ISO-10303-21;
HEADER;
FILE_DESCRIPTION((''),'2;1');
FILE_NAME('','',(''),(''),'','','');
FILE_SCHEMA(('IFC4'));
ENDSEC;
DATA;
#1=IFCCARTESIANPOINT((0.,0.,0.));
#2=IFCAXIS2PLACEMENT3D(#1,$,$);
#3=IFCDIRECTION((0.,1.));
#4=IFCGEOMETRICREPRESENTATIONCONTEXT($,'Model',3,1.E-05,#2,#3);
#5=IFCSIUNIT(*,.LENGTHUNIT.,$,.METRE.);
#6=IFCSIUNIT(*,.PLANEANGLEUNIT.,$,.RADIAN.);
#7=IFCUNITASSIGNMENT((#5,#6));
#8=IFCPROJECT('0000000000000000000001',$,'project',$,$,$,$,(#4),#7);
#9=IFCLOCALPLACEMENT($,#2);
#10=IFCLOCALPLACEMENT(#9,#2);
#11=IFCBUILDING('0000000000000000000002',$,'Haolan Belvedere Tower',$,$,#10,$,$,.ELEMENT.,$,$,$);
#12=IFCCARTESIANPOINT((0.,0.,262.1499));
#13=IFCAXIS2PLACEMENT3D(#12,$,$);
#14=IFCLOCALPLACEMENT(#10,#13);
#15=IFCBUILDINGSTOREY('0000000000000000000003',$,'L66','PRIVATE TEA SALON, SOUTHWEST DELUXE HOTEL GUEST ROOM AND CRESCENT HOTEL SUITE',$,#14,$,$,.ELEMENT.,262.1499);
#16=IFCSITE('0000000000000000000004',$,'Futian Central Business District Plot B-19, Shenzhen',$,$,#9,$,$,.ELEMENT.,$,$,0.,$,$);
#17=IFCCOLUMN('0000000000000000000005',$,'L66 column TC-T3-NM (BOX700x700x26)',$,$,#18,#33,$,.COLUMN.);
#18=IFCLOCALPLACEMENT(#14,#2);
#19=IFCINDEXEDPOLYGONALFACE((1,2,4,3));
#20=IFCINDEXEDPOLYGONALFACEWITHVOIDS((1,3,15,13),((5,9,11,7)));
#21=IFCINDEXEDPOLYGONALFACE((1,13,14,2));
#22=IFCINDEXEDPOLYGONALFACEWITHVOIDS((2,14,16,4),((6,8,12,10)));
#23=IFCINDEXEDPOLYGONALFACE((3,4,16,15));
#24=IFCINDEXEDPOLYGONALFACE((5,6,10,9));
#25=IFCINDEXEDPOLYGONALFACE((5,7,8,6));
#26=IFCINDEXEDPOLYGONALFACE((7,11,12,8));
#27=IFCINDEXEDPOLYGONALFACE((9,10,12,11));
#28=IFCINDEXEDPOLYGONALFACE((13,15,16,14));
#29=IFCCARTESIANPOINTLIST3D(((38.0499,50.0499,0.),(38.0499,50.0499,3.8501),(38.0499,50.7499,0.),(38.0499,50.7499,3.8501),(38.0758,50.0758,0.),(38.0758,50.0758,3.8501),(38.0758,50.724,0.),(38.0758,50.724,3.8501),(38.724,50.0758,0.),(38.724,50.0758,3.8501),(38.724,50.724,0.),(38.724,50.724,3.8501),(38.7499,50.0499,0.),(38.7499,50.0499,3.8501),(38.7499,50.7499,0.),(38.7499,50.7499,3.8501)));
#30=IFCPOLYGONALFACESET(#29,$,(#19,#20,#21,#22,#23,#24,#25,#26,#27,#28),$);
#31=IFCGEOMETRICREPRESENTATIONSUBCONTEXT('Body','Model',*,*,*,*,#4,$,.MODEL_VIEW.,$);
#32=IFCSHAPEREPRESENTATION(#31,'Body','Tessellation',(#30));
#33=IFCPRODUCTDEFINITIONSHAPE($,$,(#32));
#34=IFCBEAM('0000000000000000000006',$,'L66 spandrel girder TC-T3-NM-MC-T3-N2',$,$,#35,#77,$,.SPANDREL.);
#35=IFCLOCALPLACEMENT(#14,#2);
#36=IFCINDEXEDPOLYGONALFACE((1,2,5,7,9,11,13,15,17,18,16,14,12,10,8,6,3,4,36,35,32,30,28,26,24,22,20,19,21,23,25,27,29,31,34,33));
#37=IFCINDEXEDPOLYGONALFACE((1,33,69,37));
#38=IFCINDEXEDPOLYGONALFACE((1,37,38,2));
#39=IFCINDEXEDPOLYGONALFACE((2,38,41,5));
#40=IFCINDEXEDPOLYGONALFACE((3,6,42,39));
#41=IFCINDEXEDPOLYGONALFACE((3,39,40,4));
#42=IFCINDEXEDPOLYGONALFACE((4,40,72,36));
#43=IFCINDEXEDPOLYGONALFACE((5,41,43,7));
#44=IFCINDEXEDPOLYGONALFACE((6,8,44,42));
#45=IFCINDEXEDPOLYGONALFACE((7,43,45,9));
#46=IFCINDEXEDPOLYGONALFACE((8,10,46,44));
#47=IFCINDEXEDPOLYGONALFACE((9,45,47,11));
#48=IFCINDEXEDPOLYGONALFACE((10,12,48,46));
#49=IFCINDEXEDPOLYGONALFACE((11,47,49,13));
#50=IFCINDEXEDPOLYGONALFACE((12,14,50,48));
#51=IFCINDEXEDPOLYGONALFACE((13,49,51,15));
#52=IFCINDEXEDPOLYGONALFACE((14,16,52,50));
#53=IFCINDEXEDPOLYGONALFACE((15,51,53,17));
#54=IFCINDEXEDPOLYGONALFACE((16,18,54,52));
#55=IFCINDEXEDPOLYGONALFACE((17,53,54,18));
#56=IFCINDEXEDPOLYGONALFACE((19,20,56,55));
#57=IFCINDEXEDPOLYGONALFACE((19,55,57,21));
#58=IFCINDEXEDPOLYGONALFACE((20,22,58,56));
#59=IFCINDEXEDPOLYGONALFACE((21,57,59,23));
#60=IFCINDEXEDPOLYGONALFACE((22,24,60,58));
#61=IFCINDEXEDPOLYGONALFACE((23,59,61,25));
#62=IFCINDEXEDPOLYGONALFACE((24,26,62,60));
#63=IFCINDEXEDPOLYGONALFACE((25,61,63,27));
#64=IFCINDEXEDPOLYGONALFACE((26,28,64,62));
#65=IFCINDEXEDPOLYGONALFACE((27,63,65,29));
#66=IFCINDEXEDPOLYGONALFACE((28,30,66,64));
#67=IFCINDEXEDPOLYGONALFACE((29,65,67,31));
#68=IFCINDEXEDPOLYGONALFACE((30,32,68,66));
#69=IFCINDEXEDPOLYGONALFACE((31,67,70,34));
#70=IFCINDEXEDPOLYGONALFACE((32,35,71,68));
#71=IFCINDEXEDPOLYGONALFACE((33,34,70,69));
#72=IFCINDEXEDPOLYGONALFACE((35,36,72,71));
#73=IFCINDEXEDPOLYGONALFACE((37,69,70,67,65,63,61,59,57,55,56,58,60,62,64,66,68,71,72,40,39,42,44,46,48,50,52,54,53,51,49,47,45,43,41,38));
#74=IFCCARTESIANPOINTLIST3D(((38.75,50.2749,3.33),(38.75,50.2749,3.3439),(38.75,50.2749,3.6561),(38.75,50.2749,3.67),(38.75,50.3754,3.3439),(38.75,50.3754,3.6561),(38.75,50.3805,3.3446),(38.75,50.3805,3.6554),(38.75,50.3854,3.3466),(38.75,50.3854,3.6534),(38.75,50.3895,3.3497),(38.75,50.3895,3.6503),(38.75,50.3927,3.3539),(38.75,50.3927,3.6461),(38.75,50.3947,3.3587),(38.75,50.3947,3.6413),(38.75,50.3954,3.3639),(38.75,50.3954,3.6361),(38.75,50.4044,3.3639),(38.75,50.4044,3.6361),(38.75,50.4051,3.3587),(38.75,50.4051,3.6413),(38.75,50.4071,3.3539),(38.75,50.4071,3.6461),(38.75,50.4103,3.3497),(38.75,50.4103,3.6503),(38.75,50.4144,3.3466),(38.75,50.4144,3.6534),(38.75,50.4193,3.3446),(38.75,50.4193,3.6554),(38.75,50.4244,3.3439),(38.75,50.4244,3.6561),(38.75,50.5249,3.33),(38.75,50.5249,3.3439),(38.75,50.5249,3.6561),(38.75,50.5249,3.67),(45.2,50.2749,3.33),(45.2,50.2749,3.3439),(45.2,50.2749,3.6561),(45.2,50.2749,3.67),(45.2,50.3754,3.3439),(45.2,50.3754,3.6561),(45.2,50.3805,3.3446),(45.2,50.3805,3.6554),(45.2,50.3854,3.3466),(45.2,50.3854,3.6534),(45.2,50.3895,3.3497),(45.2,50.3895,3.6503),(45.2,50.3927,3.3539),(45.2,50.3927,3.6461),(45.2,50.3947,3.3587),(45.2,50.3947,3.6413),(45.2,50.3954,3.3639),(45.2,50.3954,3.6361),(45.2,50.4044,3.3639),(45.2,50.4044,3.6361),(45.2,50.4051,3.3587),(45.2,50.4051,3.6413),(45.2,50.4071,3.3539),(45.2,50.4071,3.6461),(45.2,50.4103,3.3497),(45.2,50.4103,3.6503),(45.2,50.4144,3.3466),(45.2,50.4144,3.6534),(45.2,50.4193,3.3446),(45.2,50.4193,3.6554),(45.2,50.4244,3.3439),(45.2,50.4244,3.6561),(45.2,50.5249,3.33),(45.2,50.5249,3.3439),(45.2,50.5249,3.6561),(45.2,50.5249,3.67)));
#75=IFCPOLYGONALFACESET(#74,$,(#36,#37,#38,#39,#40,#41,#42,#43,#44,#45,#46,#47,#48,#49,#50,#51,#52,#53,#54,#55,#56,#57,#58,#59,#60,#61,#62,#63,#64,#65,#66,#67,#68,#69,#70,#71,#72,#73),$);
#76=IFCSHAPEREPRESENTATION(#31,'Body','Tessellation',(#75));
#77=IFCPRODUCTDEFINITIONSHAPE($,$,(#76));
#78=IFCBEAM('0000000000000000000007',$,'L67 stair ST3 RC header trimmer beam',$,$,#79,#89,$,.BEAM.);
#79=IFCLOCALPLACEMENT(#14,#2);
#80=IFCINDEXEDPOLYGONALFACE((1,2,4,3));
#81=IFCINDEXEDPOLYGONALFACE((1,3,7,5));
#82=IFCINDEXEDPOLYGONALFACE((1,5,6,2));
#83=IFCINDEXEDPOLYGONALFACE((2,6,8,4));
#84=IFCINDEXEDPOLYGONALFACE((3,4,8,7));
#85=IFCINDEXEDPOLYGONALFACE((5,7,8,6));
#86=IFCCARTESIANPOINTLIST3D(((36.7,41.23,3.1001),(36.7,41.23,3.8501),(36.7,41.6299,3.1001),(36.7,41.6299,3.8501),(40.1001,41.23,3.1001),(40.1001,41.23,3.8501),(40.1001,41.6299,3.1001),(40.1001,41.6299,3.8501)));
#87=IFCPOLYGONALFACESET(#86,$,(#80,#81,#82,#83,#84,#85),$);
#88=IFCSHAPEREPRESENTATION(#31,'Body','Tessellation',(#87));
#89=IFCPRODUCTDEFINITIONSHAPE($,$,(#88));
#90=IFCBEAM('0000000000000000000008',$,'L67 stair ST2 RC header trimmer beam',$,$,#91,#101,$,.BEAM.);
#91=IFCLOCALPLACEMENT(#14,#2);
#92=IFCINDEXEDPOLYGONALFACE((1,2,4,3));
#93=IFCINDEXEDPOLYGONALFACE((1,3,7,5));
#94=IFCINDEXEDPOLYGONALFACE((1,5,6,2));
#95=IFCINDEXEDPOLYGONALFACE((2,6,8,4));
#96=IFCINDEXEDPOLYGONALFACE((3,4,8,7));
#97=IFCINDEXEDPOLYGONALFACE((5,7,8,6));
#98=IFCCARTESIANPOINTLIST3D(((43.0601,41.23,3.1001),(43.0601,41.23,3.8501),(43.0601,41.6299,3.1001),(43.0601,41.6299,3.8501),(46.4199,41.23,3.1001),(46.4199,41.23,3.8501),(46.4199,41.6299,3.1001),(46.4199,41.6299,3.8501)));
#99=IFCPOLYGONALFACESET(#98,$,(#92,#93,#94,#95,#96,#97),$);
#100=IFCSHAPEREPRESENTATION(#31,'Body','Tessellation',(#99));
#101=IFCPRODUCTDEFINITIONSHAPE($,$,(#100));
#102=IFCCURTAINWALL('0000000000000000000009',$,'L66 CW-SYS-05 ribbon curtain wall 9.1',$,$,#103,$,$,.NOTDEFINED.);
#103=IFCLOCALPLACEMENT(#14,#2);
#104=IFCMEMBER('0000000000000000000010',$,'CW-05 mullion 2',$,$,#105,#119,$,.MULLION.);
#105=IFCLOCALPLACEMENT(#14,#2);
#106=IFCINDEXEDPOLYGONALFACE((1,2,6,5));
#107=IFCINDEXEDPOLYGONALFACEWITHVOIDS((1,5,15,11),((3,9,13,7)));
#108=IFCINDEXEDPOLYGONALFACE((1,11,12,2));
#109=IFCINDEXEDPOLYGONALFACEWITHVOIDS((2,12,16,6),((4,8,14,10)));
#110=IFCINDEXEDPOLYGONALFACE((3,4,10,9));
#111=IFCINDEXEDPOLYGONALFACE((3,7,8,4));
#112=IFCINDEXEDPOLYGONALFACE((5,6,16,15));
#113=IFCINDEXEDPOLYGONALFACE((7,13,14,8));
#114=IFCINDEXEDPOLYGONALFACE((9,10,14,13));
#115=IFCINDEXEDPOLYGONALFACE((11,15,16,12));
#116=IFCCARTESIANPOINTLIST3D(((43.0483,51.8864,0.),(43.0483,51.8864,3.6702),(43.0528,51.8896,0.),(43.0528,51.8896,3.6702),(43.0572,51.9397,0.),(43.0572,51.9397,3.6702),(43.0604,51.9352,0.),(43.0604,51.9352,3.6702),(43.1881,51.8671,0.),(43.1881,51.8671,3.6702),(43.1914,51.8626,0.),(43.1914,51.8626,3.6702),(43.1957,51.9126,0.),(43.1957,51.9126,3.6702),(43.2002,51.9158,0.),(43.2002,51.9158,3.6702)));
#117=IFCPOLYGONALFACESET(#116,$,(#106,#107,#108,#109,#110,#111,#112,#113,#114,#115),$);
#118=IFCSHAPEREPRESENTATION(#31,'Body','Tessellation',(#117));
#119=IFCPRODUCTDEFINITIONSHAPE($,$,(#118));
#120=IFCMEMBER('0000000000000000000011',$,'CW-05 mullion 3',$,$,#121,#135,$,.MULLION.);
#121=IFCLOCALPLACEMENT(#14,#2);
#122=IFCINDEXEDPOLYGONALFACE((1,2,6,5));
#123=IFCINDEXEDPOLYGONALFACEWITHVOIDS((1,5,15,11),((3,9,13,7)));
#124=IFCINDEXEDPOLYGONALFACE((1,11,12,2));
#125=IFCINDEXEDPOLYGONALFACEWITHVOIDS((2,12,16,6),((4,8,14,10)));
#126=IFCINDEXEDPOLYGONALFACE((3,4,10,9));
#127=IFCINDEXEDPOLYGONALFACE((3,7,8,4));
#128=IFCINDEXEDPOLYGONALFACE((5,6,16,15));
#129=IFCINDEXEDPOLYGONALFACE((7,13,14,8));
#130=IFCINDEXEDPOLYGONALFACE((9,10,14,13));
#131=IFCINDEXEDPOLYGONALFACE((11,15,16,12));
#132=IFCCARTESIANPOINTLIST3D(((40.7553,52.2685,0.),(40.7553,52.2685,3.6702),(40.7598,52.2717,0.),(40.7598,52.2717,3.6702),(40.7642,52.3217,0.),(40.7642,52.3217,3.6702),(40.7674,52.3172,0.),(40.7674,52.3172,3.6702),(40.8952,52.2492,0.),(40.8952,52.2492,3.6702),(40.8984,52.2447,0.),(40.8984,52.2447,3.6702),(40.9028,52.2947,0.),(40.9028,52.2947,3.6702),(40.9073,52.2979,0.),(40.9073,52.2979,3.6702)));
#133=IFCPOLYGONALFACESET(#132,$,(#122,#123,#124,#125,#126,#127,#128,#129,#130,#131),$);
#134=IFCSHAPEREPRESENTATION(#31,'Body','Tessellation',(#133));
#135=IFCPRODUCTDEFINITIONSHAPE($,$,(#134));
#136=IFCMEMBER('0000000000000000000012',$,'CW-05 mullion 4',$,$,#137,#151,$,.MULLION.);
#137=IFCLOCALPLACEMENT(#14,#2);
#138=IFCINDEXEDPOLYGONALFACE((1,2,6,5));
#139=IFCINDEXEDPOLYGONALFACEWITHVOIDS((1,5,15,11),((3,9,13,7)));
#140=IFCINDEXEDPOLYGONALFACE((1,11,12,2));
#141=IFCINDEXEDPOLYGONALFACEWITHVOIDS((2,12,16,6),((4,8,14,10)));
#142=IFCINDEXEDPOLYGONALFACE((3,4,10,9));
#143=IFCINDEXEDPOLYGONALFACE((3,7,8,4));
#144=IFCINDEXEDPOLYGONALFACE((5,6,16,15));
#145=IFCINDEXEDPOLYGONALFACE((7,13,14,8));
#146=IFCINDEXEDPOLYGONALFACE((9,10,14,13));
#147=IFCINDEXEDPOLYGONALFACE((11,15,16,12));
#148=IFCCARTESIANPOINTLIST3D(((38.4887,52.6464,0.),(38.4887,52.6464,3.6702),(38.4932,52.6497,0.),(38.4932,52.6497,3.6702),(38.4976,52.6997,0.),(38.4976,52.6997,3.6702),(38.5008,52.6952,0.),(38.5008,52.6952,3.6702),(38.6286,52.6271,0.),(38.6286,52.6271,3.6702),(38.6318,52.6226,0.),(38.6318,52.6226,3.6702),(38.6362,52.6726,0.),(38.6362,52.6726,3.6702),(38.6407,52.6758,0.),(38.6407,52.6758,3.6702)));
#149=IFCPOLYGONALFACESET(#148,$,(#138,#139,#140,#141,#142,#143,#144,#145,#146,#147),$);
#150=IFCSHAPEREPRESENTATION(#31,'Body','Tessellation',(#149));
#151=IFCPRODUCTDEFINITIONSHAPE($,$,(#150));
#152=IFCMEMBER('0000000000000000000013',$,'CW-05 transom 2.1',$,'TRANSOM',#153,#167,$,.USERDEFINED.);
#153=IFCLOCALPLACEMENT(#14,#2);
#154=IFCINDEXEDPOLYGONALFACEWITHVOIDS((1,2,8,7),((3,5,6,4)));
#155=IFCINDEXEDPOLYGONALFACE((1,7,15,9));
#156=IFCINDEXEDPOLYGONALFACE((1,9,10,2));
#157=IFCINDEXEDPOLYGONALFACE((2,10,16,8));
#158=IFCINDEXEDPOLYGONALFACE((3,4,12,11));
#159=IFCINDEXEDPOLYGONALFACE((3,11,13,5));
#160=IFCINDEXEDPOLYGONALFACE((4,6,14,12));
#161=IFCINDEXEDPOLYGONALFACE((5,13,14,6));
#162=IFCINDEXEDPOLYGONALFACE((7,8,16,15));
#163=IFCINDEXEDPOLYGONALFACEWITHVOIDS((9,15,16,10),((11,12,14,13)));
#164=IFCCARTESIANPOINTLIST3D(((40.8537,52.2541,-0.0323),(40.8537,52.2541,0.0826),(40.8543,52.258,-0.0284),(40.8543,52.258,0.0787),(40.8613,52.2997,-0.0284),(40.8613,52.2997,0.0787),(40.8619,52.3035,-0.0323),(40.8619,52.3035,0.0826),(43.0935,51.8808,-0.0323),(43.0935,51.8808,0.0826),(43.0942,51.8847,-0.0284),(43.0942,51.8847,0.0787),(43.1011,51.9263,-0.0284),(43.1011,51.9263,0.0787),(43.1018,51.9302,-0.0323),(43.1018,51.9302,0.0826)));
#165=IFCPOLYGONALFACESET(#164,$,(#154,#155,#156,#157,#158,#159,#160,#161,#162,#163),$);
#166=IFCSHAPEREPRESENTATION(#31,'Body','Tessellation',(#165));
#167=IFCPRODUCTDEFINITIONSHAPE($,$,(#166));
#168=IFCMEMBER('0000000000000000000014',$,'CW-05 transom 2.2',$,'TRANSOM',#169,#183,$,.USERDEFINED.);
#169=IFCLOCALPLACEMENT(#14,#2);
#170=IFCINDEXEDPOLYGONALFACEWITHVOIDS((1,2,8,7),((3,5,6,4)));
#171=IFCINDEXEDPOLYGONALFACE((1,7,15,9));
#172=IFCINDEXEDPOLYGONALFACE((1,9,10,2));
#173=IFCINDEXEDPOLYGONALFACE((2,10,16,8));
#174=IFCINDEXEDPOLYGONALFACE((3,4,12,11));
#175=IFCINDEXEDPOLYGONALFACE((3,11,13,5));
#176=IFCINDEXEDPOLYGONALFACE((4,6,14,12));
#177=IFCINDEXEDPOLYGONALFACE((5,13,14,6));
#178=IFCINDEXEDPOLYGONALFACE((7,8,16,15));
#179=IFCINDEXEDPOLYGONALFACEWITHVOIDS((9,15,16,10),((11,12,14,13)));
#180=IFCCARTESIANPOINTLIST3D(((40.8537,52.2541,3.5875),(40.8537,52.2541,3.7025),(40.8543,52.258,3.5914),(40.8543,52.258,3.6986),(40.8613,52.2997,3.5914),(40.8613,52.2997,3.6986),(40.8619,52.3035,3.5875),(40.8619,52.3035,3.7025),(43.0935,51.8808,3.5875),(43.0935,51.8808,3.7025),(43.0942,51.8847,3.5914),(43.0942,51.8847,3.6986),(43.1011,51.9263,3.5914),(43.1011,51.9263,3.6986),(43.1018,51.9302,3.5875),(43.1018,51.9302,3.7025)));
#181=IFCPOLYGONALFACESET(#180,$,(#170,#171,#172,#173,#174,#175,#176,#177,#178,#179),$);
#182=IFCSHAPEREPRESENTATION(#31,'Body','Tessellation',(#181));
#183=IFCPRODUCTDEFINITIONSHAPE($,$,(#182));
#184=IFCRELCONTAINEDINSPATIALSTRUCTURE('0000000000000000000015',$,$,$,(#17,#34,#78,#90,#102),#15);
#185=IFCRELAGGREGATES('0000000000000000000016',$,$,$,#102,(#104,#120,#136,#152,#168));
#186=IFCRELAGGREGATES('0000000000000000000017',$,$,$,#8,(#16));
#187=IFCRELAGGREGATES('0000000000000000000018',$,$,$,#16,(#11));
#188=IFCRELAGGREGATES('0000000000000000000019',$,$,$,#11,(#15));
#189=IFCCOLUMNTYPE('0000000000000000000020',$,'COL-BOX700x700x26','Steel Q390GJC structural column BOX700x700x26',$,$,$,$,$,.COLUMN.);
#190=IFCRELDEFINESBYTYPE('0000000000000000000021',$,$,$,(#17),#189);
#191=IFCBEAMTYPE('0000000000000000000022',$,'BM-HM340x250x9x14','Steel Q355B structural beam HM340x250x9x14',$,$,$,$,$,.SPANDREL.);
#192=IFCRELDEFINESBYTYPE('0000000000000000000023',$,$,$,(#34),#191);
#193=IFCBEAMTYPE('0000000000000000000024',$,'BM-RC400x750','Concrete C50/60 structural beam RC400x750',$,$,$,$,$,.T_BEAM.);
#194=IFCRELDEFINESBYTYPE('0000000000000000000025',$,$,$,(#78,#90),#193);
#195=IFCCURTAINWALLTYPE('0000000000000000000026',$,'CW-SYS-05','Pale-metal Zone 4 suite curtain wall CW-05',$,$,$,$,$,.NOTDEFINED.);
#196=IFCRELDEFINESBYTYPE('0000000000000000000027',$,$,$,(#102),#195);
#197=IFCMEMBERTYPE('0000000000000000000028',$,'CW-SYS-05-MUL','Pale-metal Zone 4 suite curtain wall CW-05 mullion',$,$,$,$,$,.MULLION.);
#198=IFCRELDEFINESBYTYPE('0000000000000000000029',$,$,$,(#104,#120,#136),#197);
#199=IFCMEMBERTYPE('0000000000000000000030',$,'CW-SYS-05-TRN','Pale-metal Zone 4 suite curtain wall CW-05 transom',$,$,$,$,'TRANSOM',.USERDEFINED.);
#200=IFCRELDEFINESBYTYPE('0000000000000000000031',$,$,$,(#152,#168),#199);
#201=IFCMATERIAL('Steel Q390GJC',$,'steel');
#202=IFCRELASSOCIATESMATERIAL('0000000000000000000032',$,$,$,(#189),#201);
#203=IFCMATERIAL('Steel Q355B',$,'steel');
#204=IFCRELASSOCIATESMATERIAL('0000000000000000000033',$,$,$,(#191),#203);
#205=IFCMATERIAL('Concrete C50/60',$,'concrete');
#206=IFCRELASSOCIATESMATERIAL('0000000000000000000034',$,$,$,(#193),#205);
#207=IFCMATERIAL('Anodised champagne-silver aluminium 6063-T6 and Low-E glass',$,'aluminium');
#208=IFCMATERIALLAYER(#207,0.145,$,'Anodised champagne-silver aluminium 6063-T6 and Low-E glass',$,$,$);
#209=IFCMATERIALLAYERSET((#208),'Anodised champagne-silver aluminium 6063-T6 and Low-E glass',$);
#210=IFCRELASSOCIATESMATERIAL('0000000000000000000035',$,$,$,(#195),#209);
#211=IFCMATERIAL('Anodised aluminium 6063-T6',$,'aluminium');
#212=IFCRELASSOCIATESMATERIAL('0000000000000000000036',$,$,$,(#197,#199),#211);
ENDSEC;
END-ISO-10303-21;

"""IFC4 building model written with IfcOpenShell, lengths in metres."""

from ifc_helpers import new_model, si_unit, direction, frame, origin, origin_2d, place, context, subcontext, project, spatial, rectangle, hollow_rectangle, i_section, extrude, material, layer, layer_set, material_profile, profile_set, type_object, element, aggregate, save


model = new_model("IFC4")

# Units and contexts
model_context = context("Model", 3, precision=1e-05, world=origin(), true_north=direction((0.0, 1.0)))
body_context = subcontext(model_context, "Body", "Model", "MODEL_VIEW")
ifc_project = project(units=[si_unit("LENGTHUNIT", "METRE"), si_unit("PLANEANGLEUNIT", "RADIAN")], contexts=[model_context])

# Site, building, storey
site_placement = place(None, origin())
site = spatial("IfcSite", under=ifc_project, at=site_placement, Name="Futian Central Business District Plot B-19, Shenzhen", CompositionType="ELEMENT", RefElevation=0.0)
building_placement = place(site_placement, origin())
building = spatial("IfcBuilding", under=site, at=building_placement, Name="Haolan Belvedere Tower", CompositionType="ELEMENT")
storey_placement = place(building_placement, frame((0.0, 0.0, 262.1499)))
storey = spatial("IfcBuildingStorey", under=building, at=storey_placement, Name="L66", Description="PRIVATE TEA SALON, SOUTHWEST DELUXE HOTEL GUEST ROOM AND CRESCENT HOTEL SUITE", CompositionType="ELEMENT", Elevation=262.1499)

# Column
ifc_material_1 = material(Name="Steel Q390GJC", Category="steel")
ifc_material_profile_1 = material_profile(ifc_material_1, hollow_rectangle(XDim=0.7, YDim=0.7, WallThickness=0.0259, at=origin_2d()), Name="Steel Q390GJC")
ifc_profile_set_1 = profile_set([ifc_material_profile_1], Name="Steel Q390GJC")
column_type = type_object("IfcColumnType", Name="COL-BOX700x700x26", Description="Steel Q390GJC structural column BOX700x700x26", PredefinedType="COLUMN", material=ifc_profile_set_1)
column_placement = place(storey_placement, frame((38.3999, 50.3999, 0.0), z_axis=(0.0, 0.0, 1.0), x_axis=(1.0, 0.0, 0.0)))
element("IfcColumn", 1, at=column_placement, inside=storey, type_object=column_type, Name="L66 column TC-T3-NM (BOX700x700x26)", PredefinedType="COLUMN", context=body_context, shape_type="SweptSolid", body=[
    extrude(hollow_rectangle(XDim=0.7, YDim=0.7, WallThickness=0.0259, at=origin_2d()), origin(), (0.0, 0.0, 1.0), 3.8501),
])

# Beams
ifc_material_2 = material(Name="Steel Q355B", Category="steel")
ifc_material_profile_2 = material_profile(ifc_material_2, i_section(OverallWidth=0.25, OverallDepth=0.3401, WebThickness=0.009, FlangeThickness=0.0139, FilletRadius=0.02, at=origin_2d()), Name="Steel Q355B")
ifc_profile_set_2 = profile_set([ifc_material_profile_2], Name="Steel Q355B")
beam_type_1 = type_object("IfcBeamType", Name="BM-HM340x250x9x14", Description="Steel Q355B structural beam HM340x250x9x14", PredefinedType="SPANDREL", material=ifc_profile_set_2)
beam_1_placement = place(storey_placement, frame((38.75, 50.3999, 3.5), z_axis=(1.0, 0.0, 0.0), x_axis=(0.0, 1.0, 0.0)))
element("IfcBeam", 2, at=beam_1_placement, inside=storey, type_object=beam_type_1, Name="L66 spandrel girder TC-T3-NM-MC-T3-N2", PredefinedType="SPANDREL", context=body_context, shape_type="SweptSolid", body=[
    extrude(i_section(OverallWidth=0.25, OverallDepth=0.3401, WebThickness=0.009, FlangeThickness=0.0139, FilletRadius=0.02, at=origin_2d()), origin(), (0.0, 0.0, 1.0), 6.45),
])
ifc_material_3 = material(Name="Concrete C50/60", Category="concrete")
ifc_material_profile_3 = material_profile(ifc_material_3, rectangle(XDim=0.3999, YDim=0.75, at=origin_2d()), Name="Concrete C50/60")
ifc_profile_set_3 = profile_set([ifc_material_profile_3], Name="Concrete C50/60")
beam_type_2 = type_object("IfcBeamType", Name="BM-RC400x750", Description="Concrete C50/60 structural beam RC400x750", PredefinedType="T_BEAM", material=ifc_profile_set_3)
beam_2_placement = place(storey_placement, frame((36.7, 41.4299, 3.4751), z_axis=(1.0, 0.0, 0.0), x_axis=(0.0, 1.0, 0.0)))
element("IfcBeam", 3, at=beam_2_placement, inside=storey, type_object=beam_type_2, Name="L67 stair ST3 RC header trimmer beam", PredefinedType="BEAM", context=body_context, shape_type="SweptSolid", body=[
    extrude(rectangle(XDim=0.3999, YDim=0.75, at=origin_2d()), origin(), (0.0, 0.0, 1.0), 3.4001),
])
beam_3_placement = place(storey_placement, frame((43.0601, 41.4299, 3.4751), z_axis=(1.0, 0.0, 0.0), x_axis=(0.0, 1.0, 0.0)))
element("IfcBeam", 4, at=beam_3_placement, inside=storey, type_object=beam_type_2, Name="L67 stair ST2 RC header trimmer beam", PredefinedType="BEAM", context=body_context, shape_type="SweptSolid", body=[
    extrude(rectangle(XDim=0.3999, YDim=0.75, at=origin_2d()), origin(), (0.0, 0.0, 1.0), 3.3599),
])

# Curtain wall, members
ifc_material_4 = material(Name="Anodised champagne-silver aluminium 6063-T6 and Low-E glass", Category="aluminium")
ifc_layer_1 = layer(ifc_material_4, 0.145, Name="Anodised champagne-silver aluminium 6063-T6 and Low-E glass")
ifc_layer_set_1 = layer_set([ifc_layer_1], Name="Anodised champagne-silver aluminium 6063-T6 and Low-E glass")
curtain_wall_type = type_object("IfcCurtainWallType", Name="CW-SYS-05", Description="Pale-metal Zone 4 suite curtain wall CW-05", PredefinedType="NOTDEFINED", material=ifc_layer_set_1)
curtain_wall_placement = place(storey_placement, origin())
curtain_wall = element("IfcCurtainWall", 5, at=curtain_wall_placement, inside=storey, type_object=curtain_wall_type, Name="L66 CW-SYS-05 ribbon curtain wall 9.1", PredefinedType="NOTDEFINED")
ifc_material_5 = material(Name="Anodised aluminium 6063-T6", Category="aluminium")
ifc_material_profile_4 = material_profile(ifc_material_5, hollow_rectangle(XDim=0.054, YDim=0.145, WallThickness=0.0039, at=origin_2d()), Name="Anodised aluminium 6063-T6")
ifc_profile_set_4 = profile_set([ifc_material_profile_4], Name="Anodised aluminium 6063-T6")
member_type_1 = type_object("IfcMemberType", Name="CW-SYS-05-MUL", Description="Pale-metal Zone 4 suite curtain wall CW-05 mullion", PredefinedType="MULLION", material=ifc_profile_set_4)
member_1_placement = place(storey_placement, frame((43.1243, 51.9011, 0.0), z_axis=(0.0, 0.0, 1.0), x_axis=(-0.164406, -0.986393, 0.0)))
member_1 = element("IfcMember", 6, at=member_1_placement, type_object=member_type_1, Name="CW-05 mullion 2", PredefinedType="MULLION", context=body_context, shape_type="SweptSolid", body=[
    extrude(hollow_rectangle(XDim=0.054, YDim=0.145, WallThickness=0.0039, at=origin_2d()), origin(), (0.0, 0.0, 1.0), 3.6702),
])
member_2_placement = place(storey_placement, frame((40.8313, 52.2832, 0.0), z_axis=(0.0, 0.0, 1.0), x_axis=(-0.164406, -0.986393, 0.0)))
member_2 = element("IfcMember", 7, at=member_2_placement, type_object=member_type_1, Name="CW-05 mullion 3", PredefinedType="MULLION", context=body_context, shape_type="SweptSolid", body=[
    extrude(hollow_rectangle(XDim=0.054, YDim=0.145, WallThickness=0.0039, at=origin_2d()), origin(), (0.0, 0.0, 1.0), 3.6702),
])
member_3_placement = place(storey_placement, frame((38.5647, 52.6611, 0.0), z_axis=(0.0, 0.0, 1.0), x_axis=(-0.164406, -0.986393, 0.0)))
member_3 = element("IfcMember", 8, at=member_3_placement, type_object=member_type_1, Name="CW-05 mullion 4", PredefinedType="MULLION", context=body_context, shape_type="SweptSolid", body=[
    extrude(hollow_rectangle(XDim=0.054, YDim=0.145, WallThickness=0.0039, at=origin_2d()), origin(), (0.0, 0.0, 1.0), 3.6702),
])
ifc_material_profile_5 = material_profile(ifc_material_5, hollow_rectangle(XDim=0.05, YDim=0.115, WallThickness=0.0039, at=origin_2d()), Name="Anodised aluminium 6063-T6")
ifc_profile_set_5 = profile_set([ifc_material_profile_5], Name="Anodised aluminium 6063-T6")
member_type_2 = type_object("IfcMemberType", Name="CW-SYS-05-TRN", Description="Pale-metal Zone 4 suite curtain wall CW-05 transom", ElementType="TRANSOM", PredefinedType="USERDEFINED", material=ifc_profile_set_5)
member_4_placement = place(storey_placement, frame((43.0977, 51.9055, 0.0251), z_axis=(-0.986394, 0.164399, 0.0), x_axis=(-0.164399, -0.986394, 0.0)))
member_4 = element("IfcMember", 9, at=member_4_placement, type_object=member_type_2, Name="CW-05 transom 2.1", ObjectType="TRANSOM", PredefinedType="USERDEFINED", context=body_context, shape_type="SweptSolid", body=[
    extrude(hollow_rectangle(XDim=0.05, YDim=0.115, WallThickness=0.0039, at=origin_2d()), origin(), (0.0, 0.0, 1.0), 2.2708),
])
member_5_placement = place(storey_placement, frame((43.0977, 51.9055, 3.645), z_axis=(-0.986394, 0.164399, 0.0), x_axis=(-0.164399, -0.986394, 0.0)))
member_5 = element("IfcMember", 10, at=member_5_placement, type_object=member_type_2, Name="CW-05 transom 2.2", ObjectType="TRANSOM", PredefinedType="USERDEFINED", context=body_context, shape_type="SweptSolid", body=[
    extrude(hollow_rectangle(XDim=0.05, YDim=0.115, WallThickness=0.0039, at=origin_2d()), origin(), (0.0, 0.0, 1.0), 2.2708),
])
aggregate(curtain_wall, [member_1, member_2, member_3, member_4, member_5])

save(model, "model.ifc")
